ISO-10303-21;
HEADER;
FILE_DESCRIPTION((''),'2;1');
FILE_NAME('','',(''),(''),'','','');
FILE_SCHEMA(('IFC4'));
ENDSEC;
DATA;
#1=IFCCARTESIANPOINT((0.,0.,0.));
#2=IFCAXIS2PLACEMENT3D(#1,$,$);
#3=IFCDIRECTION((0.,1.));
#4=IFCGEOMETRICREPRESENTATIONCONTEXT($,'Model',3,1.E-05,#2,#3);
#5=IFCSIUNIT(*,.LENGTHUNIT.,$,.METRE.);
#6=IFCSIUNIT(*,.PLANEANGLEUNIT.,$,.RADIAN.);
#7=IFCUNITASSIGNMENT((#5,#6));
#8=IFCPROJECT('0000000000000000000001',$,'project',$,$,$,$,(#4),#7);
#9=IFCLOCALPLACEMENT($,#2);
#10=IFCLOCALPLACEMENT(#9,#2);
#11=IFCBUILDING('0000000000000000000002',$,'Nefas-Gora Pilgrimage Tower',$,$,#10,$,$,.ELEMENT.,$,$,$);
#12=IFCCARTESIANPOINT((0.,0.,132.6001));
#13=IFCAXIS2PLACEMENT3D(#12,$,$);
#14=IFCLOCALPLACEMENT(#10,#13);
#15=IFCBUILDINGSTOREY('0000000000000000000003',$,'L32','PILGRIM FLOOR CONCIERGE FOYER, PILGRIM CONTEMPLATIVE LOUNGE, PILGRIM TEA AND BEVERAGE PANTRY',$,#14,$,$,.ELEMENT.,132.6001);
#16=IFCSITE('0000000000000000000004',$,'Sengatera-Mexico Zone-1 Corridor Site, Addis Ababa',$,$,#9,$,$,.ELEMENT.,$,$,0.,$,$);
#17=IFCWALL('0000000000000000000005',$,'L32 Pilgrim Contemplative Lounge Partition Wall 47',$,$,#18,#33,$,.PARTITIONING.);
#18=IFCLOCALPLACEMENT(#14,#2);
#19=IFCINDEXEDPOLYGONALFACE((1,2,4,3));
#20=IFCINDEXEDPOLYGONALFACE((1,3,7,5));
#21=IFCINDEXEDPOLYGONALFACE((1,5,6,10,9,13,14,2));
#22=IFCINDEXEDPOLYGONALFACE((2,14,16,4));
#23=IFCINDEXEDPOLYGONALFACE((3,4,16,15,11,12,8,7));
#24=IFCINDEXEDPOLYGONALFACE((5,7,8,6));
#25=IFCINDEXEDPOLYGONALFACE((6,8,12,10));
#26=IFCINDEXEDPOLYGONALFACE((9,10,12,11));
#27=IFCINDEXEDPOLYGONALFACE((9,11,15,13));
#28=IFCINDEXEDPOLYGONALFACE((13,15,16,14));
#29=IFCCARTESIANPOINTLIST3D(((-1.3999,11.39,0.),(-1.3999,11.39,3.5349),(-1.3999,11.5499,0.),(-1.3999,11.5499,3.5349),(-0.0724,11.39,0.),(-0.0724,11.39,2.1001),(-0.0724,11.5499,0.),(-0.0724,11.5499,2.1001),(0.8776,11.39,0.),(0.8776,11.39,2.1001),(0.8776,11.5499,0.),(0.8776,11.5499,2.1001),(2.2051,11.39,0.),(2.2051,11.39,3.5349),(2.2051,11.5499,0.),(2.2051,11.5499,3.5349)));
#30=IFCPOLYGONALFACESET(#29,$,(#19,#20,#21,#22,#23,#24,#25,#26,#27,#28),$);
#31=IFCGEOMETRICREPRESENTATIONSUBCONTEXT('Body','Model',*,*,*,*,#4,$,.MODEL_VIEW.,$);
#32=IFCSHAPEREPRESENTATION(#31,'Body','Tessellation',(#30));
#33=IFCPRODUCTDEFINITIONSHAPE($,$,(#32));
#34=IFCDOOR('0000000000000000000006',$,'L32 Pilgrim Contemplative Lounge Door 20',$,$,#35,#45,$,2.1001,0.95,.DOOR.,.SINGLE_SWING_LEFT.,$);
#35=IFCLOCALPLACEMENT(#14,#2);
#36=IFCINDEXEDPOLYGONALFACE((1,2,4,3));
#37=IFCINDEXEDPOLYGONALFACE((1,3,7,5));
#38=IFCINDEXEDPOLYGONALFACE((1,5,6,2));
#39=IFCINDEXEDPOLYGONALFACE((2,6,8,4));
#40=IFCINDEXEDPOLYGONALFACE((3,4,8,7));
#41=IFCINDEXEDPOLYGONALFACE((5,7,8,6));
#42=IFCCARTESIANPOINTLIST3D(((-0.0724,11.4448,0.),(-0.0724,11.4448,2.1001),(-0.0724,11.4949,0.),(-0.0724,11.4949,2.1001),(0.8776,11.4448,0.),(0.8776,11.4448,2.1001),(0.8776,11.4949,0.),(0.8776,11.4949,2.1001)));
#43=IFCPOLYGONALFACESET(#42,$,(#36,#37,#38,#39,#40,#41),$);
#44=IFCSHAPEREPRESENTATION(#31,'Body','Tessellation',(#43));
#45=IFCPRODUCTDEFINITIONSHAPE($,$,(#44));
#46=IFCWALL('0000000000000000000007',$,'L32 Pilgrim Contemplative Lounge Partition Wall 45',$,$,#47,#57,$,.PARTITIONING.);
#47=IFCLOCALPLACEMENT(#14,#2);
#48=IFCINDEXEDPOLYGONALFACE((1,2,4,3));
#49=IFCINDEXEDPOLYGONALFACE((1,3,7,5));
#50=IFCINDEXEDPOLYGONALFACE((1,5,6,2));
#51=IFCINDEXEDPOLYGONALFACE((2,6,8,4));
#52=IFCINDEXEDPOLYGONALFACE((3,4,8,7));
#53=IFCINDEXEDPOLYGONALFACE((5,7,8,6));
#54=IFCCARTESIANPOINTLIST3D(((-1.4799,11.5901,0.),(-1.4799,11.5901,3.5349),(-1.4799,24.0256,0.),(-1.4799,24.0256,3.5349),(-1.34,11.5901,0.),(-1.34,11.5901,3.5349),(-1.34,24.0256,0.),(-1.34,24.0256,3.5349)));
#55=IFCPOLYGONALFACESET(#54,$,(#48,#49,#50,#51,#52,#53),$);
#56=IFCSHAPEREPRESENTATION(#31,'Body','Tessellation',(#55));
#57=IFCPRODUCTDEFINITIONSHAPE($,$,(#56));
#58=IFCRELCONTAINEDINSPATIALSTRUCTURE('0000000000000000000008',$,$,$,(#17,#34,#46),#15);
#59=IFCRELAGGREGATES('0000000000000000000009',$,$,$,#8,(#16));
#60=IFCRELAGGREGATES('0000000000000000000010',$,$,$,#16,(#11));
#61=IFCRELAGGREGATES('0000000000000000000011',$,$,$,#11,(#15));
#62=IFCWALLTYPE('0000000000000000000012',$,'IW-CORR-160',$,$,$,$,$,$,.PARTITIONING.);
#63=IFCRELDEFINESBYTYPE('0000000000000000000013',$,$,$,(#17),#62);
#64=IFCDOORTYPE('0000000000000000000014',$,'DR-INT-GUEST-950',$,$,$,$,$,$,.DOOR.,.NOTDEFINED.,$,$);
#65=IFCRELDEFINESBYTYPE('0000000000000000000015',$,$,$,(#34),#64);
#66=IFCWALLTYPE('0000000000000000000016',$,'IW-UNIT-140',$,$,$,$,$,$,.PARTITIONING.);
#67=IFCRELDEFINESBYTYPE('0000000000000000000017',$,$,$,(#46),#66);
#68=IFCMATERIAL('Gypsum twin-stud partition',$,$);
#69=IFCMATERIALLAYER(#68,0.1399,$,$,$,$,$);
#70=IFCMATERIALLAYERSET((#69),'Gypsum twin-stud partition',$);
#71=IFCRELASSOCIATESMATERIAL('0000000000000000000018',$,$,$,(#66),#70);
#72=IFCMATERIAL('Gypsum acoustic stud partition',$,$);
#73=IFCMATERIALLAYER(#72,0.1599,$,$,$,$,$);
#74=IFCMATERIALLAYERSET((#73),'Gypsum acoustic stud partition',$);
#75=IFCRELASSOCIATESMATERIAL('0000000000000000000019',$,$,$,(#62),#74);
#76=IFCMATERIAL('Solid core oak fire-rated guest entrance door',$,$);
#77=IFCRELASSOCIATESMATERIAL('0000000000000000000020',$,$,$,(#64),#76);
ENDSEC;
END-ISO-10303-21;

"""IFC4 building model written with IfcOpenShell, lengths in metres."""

from ifc_helpers import new_model, si_unit, direction, frame, frame_2d, origin, place, context, subcontext, project, spatial, rectangle, extrude, source, transform, mapped, material, layer, layer_set, type_object, element, fill, save


model = new_model("IFC4")

# Units and contexts
model_context = context("Model", 3, precision=1e-05, world=origin(), true_north=direction((0.0, 1.0)))
body_context = subcontext(model_context, "Body", "Model", "MODEL_VIEW")
ifc_project = project(units=[si_unit("LENGTHUNIT", "METRE"), si_unit("PLANEANGLEUNIT", "RADIAN")], contexts=[model_context])

# Site, building, storey
site_placement = place(None, origin())
site = spatial("IfcSite", under=ifc_project, at=site_placement, Name="Sengatera-Mexico Zone-1 Corridor Site, Addis Ababa", CompositionType="ELEMENT", RefElevation=0.0)
building_placement = place(site_placement, origin())
building = spatial("IfcBuilding", under=site, at=building_placement, Name="Nefas-Gora Pilgrimage Tower", CompositionType="ELEMENT")
storey_placement = place(building_placement, frame((0.0, 0.0, 132.6001)))
storey = spatial("IfcBuildingStorey", under=building, at=storey_placement, Name="L32", Description="PILGRIM FLOOR CONCIERGE FOYER, PILGRIM CONTEMPLATIVE LOUNGE, PILGRIM TEA AND BEVERAGE PANTRY", CompositionType="ELEMENT", Elevation=132.6001)

# Shared definitions
ifc_material_1 = material(Name="Gypsum twin-stud partition")
ifc_layer_1 = layer(ifc_material_1, 0.1399)
ifc_layer_set_1 = layer_set([ifc_layer_1], Name="Gypsum twin-stud partition")
wall_type_1 = type_object("IfcWallType", Name="IW-UNIT-140", PredefinedType="PARTITIONING", material=ifc_layer_set_1)

# Wall, opening, door
ifc_material_2 = material(Name="Gypsum acoustic stud partition")
ifc_layer_2 = layer(ifc_material_2, 0.1599)
ifc_layer_set_2 = layer_set([ifc_layer_2], Name="Gypsum acoustic stud partition")
wall_type_2 = type_object("IfcWallType", Name="IW-CORR-160", PredefinedType="PARTITIONING", material=ifc_layer_set_2)
shared_shape_1 = source(origin(), body_context, "Body", "SweptSolid", [
    extrude(rectangle(XDim=3.605, YDim=0.1599, at=frame_2d((1.8025, 0.0))), origin(), (0.0, 0.0, 1.0), 3.5349),
])
ifc_material_3 = material(Name="Solid core oak fire-rated guest entrance door")
door_type_1 = type_object("IfcDoorType", Name="DR-INT-GUEST-950", OperationType="NOTDEFINED", PredefinedType="DOOR", material=ifc_material_3)
shared_shape_2 = source(origin(), body_context, "Body", "SweptSolid", [
    extrude(rectangle(XDim=0.95, YDim=2.1001, at=frame_2d((0.4751, 1.05))), frame((0.0, 0.0249, 0.0), z_axis=(0.0, -1.0, 0.0), x_axis=(1.0, 0.0, 0.0)), (0.0, 0.0, 1.0), 0.05),
])
wall_1_placement = place(storey_placement, frame((-1.3999, 11.47, 0.0), z_axis=(0.0, 0.0, 1.0), x_axis=(1.0, 0.0, 0.0)))
wall_1 = element("IfcWall", 1, at=wall_1_placement, inside=storey, type_object=wall_type_2, Name="L32 Pilgrim Contemplative Lounge Partition Wall 47", PredefinedType="PARTITIONING", context=body_context, shape_type="MappedRepresentation", body=[
    mapped(shared_shape_1, transform((0.0, 0.0, 0.0), x_axis=(1.0, 0.0, 0.0), y_axis=(0.0, 1.0, 0.0), z_axis=(0.0, 0.0, 1.0), scale=1.0)),
])
opening_1_placement = place(wall_1_placement, frame((1.3274, 0.0, 0.0)))
opening_1 = element("IfcOpeningElement", 2, at=opening_1_placement, cuts=wall_1, PredefinedType="OPENING", context=body_context, shape_type="SweptSolid", body=[
    extrude(rectangle(XDim=0.95, YDim=2.1001, at=frame_2d((0.4751, 1.05))), frame((0.0, 0.0898, 0.0), z_axis=(0.0, -1.0, 0.0), x_axis=(1.0, 0.0, 0.0)), (0.0, 0.0, 1.0), 0.1799),
])
door_1_placement = place(opening_1_placement, origin())
door_1 = element("IfcDoor", 3, at=door_1_placement, inside=storey, type_object=door_type_1, Name="L32 Pilgrim Contemplative Lounge Door 20", OperationType="SINGLE_SWING_LEFT", OverallHeight=2.1001, OverallWidth=0.95, PredefinedType="DOOR", context=body_context, shape_type="MappedRepresentation", body=[
    mapped(shared_shape_2, transform((0.0, 0.0, 0.0), x_axis=(1.0, 0.0, 0.0), y_axis=(0.0, 1.0, 0.0), z_axis=(0.0, 0.0, 1.0), scale=1.0)),
])
fill(opening_1, door_1)

# Wall
shared_shape_3 = source(origin(), body_context, "Body", "SweptSolid", [
    extrude(rectangle(XDim=12.4355, YDim=0.1399, at=frame_2d((6.2178, 0.0))), origin(), (0.0, 0.0, 1.0), 3.5349),
])
wall_2_placement = place(storey_placement, frame((-1.4099, 11.5901, 0.0), z_axis=(0.0, 0.0, 1.0), x_axis=(0.0, 1.0, 0.0)))
element("IfcWall", 4, at=wall_2_placement, inside=storey, type_object=wall_type_1, Name="L32 Pilgrim Contemplative Lounge Partition Wall 45", PredefinedType="PARTITIONING", context=body_context, shape_type="MappedRepresentation", body=[
    mapped(shared_shape_3, transform((0.0, 0.0, 0.0), x_axis=(1.0, 0.0, 0.0), y_axis=(0.0, 1.0, 0.0), z_axis=(0.0, 0.0, 1.0), scale=1.0)),
])

save(model, "model.ifc")
